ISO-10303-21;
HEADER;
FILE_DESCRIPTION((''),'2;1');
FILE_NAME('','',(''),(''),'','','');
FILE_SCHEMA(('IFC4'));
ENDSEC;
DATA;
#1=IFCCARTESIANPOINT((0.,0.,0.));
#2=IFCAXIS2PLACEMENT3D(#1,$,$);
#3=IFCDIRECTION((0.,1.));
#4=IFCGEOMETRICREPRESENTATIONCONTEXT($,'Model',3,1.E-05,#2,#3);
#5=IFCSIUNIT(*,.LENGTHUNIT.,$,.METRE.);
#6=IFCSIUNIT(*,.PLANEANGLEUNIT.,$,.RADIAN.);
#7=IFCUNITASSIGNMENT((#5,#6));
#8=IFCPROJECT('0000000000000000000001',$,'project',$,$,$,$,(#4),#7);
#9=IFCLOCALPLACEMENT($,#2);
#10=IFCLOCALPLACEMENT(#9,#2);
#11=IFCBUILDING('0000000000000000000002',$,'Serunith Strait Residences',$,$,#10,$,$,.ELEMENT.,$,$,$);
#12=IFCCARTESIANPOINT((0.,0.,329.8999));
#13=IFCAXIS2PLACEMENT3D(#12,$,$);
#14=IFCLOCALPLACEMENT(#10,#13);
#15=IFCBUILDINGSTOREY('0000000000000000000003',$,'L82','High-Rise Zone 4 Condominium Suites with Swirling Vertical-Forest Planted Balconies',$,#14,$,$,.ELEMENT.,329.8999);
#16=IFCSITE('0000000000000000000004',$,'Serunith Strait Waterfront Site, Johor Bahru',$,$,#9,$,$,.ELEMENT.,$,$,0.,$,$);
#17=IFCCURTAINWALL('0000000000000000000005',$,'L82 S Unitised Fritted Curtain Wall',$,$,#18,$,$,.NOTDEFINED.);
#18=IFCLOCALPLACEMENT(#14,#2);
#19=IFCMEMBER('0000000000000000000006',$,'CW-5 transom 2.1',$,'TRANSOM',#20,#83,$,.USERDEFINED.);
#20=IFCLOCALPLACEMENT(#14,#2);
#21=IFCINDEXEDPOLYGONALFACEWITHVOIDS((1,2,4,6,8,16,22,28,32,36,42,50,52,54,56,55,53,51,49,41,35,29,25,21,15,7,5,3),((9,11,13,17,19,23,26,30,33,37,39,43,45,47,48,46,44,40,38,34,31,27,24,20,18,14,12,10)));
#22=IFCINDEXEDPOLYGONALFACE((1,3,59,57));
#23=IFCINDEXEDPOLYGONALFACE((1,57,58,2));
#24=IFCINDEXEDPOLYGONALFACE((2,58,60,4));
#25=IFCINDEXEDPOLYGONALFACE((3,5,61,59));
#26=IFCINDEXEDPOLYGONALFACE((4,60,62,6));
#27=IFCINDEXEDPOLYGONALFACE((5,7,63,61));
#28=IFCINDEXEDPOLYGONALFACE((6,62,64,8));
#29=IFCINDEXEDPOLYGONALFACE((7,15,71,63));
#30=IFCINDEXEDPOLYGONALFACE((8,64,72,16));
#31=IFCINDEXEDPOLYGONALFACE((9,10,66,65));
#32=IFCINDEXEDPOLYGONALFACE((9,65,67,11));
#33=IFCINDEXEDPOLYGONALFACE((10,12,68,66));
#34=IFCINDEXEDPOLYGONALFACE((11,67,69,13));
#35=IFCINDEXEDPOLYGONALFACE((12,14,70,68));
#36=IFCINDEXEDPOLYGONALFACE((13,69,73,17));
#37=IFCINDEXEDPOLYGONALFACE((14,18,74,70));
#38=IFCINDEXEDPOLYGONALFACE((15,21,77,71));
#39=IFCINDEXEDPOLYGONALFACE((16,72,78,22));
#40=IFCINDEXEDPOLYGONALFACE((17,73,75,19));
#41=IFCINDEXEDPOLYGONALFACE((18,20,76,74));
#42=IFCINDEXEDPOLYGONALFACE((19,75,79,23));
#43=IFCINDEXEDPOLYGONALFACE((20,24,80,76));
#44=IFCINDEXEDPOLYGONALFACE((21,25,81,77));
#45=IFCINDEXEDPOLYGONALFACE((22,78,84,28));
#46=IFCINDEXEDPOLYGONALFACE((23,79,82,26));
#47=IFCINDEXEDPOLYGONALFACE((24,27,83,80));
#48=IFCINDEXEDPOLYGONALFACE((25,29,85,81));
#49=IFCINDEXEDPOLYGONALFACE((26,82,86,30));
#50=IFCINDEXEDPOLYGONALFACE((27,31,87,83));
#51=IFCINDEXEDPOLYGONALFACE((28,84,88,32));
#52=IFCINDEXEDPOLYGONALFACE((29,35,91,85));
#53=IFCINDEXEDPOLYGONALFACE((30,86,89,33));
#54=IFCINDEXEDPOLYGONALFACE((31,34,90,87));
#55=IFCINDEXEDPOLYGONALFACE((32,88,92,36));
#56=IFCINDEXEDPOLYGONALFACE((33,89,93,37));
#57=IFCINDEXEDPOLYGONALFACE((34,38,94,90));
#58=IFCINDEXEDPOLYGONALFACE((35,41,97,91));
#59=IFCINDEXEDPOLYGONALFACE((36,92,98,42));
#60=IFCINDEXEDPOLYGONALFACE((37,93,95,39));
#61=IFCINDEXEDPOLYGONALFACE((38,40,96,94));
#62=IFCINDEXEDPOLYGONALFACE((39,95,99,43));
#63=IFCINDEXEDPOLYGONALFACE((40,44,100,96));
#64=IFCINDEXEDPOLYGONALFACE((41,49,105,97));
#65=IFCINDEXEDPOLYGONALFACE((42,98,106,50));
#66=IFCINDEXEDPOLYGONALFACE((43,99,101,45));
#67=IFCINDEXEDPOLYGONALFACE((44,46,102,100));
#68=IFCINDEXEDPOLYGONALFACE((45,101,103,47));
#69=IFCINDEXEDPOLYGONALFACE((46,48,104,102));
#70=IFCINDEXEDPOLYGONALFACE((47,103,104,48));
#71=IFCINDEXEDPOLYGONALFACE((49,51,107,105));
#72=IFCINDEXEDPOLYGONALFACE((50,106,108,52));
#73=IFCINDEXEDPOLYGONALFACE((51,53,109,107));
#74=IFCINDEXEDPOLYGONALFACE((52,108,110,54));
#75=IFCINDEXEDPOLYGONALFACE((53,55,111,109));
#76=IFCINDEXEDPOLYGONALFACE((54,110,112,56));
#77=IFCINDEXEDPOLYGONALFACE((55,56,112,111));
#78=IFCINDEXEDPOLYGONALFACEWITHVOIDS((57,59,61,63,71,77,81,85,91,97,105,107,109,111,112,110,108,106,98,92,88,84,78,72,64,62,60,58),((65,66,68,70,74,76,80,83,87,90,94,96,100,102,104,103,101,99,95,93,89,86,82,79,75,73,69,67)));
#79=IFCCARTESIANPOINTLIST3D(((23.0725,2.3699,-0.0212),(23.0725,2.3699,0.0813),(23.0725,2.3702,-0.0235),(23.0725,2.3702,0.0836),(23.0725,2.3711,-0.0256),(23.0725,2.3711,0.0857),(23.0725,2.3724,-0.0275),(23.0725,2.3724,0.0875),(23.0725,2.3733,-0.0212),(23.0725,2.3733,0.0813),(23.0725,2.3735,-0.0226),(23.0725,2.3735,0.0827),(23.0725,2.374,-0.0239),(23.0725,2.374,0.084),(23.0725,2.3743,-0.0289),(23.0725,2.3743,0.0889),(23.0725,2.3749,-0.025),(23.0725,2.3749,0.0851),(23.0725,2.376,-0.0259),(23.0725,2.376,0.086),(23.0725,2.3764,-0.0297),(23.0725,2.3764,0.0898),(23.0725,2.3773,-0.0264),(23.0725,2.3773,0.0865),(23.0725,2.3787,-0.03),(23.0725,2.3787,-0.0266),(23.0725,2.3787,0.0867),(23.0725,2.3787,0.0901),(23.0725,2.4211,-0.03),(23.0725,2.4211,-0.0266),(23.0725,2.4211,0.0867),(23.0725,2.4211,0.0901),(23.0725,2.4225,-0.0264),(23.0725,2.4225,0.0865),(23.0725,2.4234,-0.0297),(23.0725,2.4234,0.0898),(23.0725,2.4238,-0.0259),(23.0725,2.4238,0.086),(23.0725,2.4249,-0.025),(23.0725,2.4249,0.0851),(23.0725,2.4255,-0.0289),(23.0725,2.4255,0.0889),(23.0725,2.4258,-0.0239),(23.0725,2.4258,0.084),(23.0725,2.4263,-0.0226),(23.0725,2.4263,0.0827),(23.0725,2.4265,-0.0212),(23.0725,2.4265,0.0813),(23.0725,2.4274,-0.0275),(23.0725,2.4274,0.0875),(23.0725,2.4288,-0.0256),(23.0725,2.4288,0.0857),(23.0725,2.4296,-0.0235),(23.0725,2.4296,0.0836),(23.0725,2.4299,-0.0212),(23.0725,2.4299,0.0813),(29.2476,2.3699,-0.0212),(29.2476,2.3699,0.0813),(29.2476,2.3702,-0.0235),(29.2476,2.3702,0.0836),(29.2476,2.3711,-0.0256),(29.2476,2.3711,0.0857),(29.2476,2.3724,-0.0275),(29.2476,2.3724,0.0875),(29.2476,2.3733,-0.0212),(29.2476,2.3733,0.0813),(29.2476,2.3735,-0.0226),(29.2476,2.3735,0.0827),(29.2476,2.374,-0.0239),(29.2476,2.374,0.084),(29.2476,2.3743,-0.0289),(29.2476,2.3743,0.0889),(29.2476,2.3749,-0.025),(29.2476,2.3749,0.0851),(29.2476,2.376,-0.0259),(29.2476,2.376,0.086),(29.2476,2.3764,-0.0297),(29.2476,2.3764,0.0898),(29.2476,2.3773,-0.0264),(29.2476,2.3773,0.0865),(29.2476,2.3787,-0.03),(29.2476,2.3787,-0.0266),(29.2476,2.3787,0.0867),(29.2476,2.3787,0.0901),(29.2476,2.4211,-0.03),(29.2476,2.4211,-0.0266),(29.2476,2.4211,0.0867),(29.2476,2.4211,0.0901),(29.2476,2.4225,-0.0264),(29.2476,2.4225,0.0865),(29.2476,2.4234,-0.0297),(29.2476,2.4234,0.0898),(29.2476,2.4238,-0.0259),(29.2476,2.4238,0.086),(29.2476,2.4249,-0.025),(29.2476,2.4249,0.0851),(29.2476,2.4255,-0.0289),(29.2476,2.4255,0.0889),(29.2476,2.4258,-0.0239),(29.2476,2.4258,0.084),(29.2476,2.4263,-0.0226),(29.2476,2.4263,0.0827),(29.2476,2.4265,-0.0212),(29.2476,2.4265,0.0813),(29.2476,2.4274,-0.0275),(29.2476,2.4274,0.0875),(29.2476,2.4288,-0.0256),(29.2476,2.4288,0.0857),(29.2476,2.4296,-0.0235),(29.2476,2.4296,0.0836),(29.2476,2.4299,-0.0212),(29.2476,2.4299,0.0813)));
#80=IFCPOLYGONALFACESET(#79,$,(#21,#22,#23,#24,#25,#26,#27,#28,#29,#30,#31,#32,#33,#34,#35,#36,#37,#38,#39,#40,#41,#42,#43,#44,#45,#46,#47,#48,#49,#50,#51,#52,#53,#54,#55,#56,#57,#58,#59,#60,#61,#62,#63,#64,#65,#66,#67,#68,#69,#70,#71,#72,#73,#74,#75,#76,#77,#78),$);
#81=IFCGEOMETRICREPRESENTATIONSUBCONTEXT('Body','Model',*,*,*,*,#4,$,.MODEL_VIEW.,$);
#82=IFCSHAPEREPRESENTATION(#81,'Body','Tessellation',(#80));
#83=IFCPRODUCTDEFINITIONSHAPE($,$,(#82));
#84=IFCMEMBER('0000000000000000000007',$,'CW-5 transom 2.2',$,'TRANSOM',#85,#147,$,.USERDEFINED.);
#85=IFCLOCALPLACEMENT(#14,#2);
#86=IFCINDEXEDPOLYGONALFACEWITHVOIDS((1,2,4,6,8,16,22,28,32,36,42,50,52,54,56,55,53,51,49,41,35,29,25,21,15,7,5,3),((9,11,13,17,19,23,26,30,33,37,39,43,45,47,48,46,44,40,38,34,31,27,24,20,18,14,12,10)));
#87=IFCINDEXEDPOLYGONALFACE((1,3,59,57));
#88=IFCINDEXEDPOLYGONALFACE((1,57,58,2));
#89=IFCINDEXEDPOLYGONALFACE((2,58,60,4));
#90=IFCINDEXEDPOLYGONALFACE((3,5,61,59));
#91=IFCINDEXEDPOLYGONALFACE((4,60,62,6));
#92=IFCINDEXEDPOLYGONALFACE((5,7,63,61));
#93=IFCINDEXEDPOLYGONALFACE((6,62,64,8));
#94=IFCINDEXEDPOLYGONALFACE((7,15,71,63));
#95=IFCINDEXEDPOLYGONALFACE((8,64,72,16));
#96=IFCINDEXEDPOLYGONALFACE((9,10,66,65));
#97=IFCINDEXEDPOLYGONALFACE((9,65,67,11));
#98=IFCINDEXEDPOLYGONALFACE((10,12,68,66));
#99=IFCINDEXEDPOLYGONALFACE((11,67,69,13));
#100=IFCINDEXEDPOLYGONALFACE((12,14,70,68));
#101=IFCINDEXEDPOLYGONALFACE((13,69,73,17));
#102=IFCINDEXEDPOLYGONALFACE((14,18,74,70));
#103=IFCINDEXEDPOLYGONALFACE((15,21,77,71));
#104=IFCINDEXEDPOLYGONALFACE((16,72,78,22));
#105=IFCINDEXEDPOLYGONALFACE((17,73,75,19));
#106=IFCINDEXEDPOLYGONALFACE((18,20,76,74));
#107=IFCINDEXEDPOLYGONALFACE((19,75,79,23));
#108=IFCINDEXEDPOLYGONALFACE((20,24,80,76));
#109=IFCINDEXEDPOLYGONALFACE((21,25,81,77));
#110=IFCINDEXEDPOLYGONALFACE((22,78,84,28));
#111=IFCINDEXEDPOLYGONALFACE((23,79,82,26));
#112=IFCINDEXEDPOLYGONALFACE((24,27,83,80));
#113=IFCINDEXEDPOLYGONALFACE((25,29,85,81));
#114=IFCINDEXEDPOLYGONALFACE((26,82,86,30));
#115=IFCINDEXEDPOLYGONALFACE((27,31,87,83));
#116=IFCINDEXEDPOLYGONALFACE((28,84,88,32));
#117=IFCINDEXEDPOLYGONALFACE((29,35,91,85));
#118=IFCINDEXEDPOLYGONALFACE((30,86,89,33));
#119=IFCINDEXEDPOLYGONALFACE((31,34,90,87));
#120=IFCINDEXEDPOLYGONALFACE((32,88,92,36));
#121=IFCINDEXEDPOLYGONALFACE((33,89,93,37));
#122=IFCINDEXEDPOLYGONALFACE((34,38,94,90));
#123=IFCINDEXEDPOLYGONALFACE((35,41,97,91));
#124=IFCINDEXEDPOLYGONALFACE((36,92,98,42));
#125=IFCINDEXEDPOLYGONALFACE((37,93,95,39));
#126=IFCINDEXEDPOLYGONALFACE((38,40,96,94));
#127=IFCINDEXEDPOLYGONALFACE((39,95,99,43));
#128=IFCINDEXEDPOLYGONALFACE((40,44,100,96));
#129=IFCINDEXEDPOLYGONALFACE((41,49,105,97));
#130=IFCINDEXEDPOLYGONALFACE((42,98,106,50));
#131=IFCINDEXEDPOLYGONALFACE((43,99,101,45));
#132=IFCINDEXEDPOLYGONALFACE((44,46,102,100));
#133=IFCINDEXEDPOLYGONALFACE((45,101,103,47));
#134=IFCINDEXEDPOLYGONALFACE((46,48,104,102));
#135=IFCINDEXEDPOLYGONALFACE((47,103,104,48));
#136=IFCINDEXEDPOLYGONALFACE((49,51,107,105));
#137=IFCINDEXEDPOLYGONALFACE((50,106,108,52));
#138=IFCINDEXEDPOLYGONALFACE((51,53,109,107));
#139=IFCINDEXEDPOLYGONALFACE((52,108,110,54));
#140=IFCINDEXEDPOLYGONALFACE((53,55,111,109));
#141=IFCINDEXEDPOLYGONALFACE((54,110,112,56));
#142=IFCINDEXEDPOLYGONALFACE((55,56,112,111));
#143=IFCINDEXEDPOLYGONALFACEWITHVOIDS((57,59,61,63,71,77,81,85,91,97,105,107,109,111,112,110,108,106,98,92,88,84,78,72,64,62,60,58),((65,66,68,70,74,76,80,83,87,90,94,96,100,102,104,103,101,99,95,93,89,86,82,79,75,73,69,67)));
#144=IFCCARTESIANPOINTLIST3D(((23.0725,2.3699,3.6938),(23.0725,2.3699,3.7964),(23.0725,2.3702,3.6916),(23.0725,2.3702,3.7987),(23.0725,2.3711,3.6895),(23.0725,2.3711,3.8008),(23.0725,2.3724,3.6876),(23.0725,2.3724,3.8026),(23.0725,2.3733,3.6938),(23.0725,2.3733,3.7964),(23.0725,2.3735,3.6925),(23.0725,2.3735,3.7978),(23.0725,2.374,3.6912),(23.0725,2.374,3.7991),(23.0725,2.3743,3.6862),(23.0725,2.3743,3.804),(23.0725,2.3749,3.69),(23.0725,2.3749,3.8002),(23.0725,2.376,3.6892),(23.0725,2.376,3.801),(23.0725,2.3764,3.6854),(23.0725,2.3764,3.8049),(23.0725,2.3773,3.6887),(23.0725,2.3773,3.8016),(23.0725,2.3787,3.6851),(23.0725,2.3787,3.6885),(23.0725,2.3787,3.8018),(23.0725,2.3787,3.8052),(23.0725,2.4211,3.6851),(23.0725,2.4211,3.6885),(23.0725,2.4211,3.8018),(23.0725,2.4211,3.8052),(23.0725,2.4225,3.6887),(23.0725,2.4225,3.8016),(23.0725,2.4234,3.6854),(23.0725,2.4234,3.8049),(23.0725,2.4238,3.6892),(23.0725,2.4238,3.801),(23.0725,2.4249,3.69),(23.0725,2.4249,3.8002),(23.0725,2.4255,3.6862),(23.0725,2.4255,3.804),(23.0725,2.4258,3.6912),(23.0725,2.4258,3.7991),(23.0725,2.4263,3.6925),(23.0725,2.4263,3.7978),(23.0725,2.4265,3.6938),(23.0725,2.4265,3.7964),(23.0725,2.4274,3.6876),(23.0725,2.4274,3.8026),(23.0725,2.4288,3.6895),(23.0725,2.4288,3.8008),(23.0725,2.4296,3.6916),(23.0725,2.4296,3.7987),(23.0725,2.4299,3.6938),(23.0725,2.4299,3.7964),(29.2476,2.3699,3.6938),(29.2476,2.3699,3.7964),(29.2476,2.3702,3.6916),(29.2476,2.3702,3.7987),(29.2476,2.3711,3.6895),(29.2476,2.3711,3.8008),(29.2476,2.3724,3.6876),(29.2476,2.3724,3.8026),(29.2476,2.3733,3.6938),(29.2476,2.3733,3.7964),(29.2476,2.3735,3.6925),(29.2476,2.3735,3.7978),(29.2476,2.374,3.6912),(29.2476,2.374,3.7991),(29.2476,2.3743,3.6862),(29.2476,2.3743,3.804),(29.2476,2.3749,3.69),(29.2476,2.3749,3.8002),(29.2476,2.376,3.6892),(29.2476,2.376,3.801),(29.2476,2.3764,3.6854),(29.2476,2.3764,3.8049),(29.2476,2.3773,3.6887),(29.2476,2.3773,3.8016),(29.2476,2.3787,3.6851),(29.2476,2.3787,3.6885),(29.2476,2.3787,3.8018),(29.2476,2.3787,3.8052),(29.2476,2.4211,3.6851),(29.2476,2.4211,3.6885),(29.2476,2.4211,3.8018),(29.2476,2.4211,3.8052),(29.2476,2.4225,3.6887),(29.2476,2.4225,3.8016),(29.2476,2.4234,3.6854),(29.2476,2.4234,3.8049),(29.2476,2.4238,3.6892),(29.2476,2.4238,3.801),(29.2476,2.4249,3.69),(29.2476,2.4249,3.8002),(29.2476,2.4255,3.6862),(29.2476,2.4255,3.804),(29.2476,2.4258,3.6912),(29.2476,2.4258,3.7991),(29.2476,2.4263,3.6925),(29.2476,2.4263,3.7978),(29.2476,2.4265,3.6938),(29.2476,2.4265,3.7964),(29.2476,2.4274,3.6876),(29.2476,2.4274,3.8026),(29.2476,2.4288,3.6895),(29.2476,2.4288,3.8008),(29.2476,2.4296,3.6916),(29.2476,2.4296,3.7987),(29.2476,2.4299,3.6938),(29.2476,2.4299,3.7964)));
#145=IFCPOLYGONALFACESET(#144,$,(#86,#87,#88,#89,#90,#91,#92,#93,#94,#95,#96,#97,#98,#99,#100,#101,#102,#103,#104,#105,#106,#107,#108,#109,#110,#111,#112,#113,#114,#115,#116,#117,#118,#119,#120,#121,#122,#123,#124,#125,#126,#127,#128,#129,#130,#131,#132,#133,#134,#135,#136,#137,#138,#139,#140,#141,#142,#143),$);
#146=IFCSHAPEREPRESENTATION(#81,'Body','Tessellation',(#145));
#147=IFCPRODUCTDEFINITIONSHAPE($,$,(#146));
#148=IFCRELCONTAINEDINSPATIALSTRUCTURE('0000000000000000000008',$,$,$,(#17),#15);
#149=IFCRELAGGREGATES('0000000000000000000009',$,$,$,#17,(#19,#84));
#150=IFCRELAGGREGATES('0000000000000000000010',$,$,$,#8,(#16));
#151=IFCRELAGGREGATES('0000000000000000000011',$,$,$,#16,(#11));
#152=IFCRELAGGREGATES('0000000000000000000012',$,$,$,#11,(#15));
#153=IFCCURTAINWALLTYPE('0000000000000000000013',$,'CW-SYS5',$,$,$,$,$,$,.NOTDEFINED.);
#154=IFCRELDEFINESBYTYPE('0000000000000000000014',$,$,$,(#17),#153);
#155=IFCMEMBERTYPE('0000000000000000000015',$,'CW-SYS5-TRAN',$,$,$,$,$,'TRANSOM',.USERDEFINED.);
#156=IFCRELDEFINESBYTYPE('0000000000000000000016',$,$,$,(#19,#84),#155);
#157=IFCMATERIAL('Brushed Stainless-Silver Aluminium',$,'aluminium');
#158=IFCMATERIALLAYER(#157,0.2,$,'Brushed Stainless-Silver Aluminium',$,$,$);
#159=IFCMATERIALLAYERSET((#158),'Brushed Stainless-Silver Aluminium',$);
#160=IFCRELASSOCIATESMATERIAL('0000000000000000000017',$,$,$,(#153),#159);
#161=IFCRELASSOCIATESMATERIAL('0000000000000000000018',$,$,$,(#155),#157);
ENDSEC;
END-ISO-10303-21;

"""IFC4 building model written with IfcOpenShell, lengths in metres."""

from ifc_helpers import new_model, si_unit, direction, frame, origin, origin_2d, place, context, subcontext, project, spatial, hollow_rectangle, extrude, source, transform, mapped, material, layer, layer_set, material_profile, profile_set, type_object, element, aggregate, save


model = new_model("IFC4")

# Units and contexts
model_context = context("Model", 3, precision=1e-05, world=origin(), true_north=direction((0.0, 1.0)))
body_context = subcontext(model_context, "Body", "Model", "MODEL_VIEW")
ifc_project = project(units=[si_unit("LENGTHUNIT", "METRE"), si_unit("PLANEANGLEUNIT", "RADIAN")], contexts=[model_context])

# Site, building, storey
site_placement = place(None, origin())
site = spatial("IfcSite", under=ifc_project, at=site_placement, Name="Serunith Strait Waterfront Site, Johor Bahru", CompositionType="ELEMENT", RefElevation=0.0)
building_placement = place(site_placement, origin())
building = spatial("IfcBuilding", under=site, at=building_placement, Name="Serunith Strait Residences", CompositionType="ELEMENT")
storey_placement = place(building_placement, frame((0.0, 0.0, 329.8999)))
storey = spatial("IfcBuildingStorey", under=building, at=storey_placement, Name="L82", Description="High-Rise Zone 4 Condominium Suites with Swirling Vertical-Forest Planted Balconies", CompositionType="ELEMENT", Elevation=329.8999)

# Curtain wall, members
ifc_material_1 = material(Name="Brushed Stainless-Silver Aluminium", Category="aluminium")
ifc_layer_1 = layer(ifc_material_1, 0.2, Name="Brushed Stainless-Silver Aluminium")
ifc_layer_set_1 = layer_set([ifc_layer_1], Name="Brushed Stainless-Silver Aluminium")
curtain_wall_type = type_object("IfcCurtainWallType", Name="CW-SYS5", PredefinedType="NOTDEFINED", material=ifc_layer_set_1)
curtain_wall_placement = place(storey_placement, origin())
curtain_wall = element("IfcCurtainWall", 1, at=curtain_wall_placement, inside=storey, type_object=curtain_wall_type, Name="L82 S Unitised Fritted Curtain Wall", PredefinedType="NOTDEFINED")
ifc_material_profile_1 = material_profile(ifc_material_1, hollow_rectangle(XDim=0.0601, YDim=0.1201, WallThickness=0.0034, InnerFilletRadius=0.0054, OuterFilletRadius=0.0088, at=origin_2d()), Name="ALU 120x60x3.5")
ifc_profile_set_1 = profile_set([ifc_material_profile_1], Name="Brushed Stainless-Silver Aluminium")
member_type_1 = type_object("IfcMemberType", Name="CW-SYS5-TRAN", ElementType="TRANSOM", PredefinedType="USERDEFINED", material=ifc_profile_set_1)
shared_shape_1 = source(origin(), body_context, "Body", "SweptSolid", [
    extrude(hollow_rectangle(XDim=0.0601, YDim=0.1201, WallThickness=0.0034, InnerFilletRadius=0.0054, OuterFilletRadius=0.0088, at=origin_2d()), origin(), (0.0, 0.0, 1.0), 6.175),
])
member_1_placement = place(storey_placement, frame((23.0725, 2.3999, 0.03), z_axis=(1.0, 0.0, 0.0), x_axis=(0.0, 1.0, 0.0)))
member_1 = element("IfcMember", 2, at=member_1_placement, type_object=member_type_1, Name="CW-5 transom 2.1", ObjectType="TRANSOM", PredefinedType="USERDEFINED", context=body_context, shape_type="MappedRepresentation", body=[
    mapped(shared_shape_1, transform((0.0, 0.0, 0.0), scale=1.0)),
])
member_2_placement = place(storey_placement, frame((23.0725, 2.3999, 3.7451), z_axis=(1.0, 0.0, 0.0), x_axis=(0.0, 1.0, 0.0)))
member_2 = element("IfcMember", 3, at=member_2_placement, type_object=member_type_1, Name="CW-5 transom 2.2", ObjectType="TRANSOM", PredefinedType="USERDEFINED", context=body_context, shape_type="MappedRepresentation", body=[
    mapped(shared_shape_1, transform((0.0, 0.0, 0.0), scale=1.0)),
])
aggregate(curtain_wall, [member_1, member_2])

save(model, "model.ifc")
